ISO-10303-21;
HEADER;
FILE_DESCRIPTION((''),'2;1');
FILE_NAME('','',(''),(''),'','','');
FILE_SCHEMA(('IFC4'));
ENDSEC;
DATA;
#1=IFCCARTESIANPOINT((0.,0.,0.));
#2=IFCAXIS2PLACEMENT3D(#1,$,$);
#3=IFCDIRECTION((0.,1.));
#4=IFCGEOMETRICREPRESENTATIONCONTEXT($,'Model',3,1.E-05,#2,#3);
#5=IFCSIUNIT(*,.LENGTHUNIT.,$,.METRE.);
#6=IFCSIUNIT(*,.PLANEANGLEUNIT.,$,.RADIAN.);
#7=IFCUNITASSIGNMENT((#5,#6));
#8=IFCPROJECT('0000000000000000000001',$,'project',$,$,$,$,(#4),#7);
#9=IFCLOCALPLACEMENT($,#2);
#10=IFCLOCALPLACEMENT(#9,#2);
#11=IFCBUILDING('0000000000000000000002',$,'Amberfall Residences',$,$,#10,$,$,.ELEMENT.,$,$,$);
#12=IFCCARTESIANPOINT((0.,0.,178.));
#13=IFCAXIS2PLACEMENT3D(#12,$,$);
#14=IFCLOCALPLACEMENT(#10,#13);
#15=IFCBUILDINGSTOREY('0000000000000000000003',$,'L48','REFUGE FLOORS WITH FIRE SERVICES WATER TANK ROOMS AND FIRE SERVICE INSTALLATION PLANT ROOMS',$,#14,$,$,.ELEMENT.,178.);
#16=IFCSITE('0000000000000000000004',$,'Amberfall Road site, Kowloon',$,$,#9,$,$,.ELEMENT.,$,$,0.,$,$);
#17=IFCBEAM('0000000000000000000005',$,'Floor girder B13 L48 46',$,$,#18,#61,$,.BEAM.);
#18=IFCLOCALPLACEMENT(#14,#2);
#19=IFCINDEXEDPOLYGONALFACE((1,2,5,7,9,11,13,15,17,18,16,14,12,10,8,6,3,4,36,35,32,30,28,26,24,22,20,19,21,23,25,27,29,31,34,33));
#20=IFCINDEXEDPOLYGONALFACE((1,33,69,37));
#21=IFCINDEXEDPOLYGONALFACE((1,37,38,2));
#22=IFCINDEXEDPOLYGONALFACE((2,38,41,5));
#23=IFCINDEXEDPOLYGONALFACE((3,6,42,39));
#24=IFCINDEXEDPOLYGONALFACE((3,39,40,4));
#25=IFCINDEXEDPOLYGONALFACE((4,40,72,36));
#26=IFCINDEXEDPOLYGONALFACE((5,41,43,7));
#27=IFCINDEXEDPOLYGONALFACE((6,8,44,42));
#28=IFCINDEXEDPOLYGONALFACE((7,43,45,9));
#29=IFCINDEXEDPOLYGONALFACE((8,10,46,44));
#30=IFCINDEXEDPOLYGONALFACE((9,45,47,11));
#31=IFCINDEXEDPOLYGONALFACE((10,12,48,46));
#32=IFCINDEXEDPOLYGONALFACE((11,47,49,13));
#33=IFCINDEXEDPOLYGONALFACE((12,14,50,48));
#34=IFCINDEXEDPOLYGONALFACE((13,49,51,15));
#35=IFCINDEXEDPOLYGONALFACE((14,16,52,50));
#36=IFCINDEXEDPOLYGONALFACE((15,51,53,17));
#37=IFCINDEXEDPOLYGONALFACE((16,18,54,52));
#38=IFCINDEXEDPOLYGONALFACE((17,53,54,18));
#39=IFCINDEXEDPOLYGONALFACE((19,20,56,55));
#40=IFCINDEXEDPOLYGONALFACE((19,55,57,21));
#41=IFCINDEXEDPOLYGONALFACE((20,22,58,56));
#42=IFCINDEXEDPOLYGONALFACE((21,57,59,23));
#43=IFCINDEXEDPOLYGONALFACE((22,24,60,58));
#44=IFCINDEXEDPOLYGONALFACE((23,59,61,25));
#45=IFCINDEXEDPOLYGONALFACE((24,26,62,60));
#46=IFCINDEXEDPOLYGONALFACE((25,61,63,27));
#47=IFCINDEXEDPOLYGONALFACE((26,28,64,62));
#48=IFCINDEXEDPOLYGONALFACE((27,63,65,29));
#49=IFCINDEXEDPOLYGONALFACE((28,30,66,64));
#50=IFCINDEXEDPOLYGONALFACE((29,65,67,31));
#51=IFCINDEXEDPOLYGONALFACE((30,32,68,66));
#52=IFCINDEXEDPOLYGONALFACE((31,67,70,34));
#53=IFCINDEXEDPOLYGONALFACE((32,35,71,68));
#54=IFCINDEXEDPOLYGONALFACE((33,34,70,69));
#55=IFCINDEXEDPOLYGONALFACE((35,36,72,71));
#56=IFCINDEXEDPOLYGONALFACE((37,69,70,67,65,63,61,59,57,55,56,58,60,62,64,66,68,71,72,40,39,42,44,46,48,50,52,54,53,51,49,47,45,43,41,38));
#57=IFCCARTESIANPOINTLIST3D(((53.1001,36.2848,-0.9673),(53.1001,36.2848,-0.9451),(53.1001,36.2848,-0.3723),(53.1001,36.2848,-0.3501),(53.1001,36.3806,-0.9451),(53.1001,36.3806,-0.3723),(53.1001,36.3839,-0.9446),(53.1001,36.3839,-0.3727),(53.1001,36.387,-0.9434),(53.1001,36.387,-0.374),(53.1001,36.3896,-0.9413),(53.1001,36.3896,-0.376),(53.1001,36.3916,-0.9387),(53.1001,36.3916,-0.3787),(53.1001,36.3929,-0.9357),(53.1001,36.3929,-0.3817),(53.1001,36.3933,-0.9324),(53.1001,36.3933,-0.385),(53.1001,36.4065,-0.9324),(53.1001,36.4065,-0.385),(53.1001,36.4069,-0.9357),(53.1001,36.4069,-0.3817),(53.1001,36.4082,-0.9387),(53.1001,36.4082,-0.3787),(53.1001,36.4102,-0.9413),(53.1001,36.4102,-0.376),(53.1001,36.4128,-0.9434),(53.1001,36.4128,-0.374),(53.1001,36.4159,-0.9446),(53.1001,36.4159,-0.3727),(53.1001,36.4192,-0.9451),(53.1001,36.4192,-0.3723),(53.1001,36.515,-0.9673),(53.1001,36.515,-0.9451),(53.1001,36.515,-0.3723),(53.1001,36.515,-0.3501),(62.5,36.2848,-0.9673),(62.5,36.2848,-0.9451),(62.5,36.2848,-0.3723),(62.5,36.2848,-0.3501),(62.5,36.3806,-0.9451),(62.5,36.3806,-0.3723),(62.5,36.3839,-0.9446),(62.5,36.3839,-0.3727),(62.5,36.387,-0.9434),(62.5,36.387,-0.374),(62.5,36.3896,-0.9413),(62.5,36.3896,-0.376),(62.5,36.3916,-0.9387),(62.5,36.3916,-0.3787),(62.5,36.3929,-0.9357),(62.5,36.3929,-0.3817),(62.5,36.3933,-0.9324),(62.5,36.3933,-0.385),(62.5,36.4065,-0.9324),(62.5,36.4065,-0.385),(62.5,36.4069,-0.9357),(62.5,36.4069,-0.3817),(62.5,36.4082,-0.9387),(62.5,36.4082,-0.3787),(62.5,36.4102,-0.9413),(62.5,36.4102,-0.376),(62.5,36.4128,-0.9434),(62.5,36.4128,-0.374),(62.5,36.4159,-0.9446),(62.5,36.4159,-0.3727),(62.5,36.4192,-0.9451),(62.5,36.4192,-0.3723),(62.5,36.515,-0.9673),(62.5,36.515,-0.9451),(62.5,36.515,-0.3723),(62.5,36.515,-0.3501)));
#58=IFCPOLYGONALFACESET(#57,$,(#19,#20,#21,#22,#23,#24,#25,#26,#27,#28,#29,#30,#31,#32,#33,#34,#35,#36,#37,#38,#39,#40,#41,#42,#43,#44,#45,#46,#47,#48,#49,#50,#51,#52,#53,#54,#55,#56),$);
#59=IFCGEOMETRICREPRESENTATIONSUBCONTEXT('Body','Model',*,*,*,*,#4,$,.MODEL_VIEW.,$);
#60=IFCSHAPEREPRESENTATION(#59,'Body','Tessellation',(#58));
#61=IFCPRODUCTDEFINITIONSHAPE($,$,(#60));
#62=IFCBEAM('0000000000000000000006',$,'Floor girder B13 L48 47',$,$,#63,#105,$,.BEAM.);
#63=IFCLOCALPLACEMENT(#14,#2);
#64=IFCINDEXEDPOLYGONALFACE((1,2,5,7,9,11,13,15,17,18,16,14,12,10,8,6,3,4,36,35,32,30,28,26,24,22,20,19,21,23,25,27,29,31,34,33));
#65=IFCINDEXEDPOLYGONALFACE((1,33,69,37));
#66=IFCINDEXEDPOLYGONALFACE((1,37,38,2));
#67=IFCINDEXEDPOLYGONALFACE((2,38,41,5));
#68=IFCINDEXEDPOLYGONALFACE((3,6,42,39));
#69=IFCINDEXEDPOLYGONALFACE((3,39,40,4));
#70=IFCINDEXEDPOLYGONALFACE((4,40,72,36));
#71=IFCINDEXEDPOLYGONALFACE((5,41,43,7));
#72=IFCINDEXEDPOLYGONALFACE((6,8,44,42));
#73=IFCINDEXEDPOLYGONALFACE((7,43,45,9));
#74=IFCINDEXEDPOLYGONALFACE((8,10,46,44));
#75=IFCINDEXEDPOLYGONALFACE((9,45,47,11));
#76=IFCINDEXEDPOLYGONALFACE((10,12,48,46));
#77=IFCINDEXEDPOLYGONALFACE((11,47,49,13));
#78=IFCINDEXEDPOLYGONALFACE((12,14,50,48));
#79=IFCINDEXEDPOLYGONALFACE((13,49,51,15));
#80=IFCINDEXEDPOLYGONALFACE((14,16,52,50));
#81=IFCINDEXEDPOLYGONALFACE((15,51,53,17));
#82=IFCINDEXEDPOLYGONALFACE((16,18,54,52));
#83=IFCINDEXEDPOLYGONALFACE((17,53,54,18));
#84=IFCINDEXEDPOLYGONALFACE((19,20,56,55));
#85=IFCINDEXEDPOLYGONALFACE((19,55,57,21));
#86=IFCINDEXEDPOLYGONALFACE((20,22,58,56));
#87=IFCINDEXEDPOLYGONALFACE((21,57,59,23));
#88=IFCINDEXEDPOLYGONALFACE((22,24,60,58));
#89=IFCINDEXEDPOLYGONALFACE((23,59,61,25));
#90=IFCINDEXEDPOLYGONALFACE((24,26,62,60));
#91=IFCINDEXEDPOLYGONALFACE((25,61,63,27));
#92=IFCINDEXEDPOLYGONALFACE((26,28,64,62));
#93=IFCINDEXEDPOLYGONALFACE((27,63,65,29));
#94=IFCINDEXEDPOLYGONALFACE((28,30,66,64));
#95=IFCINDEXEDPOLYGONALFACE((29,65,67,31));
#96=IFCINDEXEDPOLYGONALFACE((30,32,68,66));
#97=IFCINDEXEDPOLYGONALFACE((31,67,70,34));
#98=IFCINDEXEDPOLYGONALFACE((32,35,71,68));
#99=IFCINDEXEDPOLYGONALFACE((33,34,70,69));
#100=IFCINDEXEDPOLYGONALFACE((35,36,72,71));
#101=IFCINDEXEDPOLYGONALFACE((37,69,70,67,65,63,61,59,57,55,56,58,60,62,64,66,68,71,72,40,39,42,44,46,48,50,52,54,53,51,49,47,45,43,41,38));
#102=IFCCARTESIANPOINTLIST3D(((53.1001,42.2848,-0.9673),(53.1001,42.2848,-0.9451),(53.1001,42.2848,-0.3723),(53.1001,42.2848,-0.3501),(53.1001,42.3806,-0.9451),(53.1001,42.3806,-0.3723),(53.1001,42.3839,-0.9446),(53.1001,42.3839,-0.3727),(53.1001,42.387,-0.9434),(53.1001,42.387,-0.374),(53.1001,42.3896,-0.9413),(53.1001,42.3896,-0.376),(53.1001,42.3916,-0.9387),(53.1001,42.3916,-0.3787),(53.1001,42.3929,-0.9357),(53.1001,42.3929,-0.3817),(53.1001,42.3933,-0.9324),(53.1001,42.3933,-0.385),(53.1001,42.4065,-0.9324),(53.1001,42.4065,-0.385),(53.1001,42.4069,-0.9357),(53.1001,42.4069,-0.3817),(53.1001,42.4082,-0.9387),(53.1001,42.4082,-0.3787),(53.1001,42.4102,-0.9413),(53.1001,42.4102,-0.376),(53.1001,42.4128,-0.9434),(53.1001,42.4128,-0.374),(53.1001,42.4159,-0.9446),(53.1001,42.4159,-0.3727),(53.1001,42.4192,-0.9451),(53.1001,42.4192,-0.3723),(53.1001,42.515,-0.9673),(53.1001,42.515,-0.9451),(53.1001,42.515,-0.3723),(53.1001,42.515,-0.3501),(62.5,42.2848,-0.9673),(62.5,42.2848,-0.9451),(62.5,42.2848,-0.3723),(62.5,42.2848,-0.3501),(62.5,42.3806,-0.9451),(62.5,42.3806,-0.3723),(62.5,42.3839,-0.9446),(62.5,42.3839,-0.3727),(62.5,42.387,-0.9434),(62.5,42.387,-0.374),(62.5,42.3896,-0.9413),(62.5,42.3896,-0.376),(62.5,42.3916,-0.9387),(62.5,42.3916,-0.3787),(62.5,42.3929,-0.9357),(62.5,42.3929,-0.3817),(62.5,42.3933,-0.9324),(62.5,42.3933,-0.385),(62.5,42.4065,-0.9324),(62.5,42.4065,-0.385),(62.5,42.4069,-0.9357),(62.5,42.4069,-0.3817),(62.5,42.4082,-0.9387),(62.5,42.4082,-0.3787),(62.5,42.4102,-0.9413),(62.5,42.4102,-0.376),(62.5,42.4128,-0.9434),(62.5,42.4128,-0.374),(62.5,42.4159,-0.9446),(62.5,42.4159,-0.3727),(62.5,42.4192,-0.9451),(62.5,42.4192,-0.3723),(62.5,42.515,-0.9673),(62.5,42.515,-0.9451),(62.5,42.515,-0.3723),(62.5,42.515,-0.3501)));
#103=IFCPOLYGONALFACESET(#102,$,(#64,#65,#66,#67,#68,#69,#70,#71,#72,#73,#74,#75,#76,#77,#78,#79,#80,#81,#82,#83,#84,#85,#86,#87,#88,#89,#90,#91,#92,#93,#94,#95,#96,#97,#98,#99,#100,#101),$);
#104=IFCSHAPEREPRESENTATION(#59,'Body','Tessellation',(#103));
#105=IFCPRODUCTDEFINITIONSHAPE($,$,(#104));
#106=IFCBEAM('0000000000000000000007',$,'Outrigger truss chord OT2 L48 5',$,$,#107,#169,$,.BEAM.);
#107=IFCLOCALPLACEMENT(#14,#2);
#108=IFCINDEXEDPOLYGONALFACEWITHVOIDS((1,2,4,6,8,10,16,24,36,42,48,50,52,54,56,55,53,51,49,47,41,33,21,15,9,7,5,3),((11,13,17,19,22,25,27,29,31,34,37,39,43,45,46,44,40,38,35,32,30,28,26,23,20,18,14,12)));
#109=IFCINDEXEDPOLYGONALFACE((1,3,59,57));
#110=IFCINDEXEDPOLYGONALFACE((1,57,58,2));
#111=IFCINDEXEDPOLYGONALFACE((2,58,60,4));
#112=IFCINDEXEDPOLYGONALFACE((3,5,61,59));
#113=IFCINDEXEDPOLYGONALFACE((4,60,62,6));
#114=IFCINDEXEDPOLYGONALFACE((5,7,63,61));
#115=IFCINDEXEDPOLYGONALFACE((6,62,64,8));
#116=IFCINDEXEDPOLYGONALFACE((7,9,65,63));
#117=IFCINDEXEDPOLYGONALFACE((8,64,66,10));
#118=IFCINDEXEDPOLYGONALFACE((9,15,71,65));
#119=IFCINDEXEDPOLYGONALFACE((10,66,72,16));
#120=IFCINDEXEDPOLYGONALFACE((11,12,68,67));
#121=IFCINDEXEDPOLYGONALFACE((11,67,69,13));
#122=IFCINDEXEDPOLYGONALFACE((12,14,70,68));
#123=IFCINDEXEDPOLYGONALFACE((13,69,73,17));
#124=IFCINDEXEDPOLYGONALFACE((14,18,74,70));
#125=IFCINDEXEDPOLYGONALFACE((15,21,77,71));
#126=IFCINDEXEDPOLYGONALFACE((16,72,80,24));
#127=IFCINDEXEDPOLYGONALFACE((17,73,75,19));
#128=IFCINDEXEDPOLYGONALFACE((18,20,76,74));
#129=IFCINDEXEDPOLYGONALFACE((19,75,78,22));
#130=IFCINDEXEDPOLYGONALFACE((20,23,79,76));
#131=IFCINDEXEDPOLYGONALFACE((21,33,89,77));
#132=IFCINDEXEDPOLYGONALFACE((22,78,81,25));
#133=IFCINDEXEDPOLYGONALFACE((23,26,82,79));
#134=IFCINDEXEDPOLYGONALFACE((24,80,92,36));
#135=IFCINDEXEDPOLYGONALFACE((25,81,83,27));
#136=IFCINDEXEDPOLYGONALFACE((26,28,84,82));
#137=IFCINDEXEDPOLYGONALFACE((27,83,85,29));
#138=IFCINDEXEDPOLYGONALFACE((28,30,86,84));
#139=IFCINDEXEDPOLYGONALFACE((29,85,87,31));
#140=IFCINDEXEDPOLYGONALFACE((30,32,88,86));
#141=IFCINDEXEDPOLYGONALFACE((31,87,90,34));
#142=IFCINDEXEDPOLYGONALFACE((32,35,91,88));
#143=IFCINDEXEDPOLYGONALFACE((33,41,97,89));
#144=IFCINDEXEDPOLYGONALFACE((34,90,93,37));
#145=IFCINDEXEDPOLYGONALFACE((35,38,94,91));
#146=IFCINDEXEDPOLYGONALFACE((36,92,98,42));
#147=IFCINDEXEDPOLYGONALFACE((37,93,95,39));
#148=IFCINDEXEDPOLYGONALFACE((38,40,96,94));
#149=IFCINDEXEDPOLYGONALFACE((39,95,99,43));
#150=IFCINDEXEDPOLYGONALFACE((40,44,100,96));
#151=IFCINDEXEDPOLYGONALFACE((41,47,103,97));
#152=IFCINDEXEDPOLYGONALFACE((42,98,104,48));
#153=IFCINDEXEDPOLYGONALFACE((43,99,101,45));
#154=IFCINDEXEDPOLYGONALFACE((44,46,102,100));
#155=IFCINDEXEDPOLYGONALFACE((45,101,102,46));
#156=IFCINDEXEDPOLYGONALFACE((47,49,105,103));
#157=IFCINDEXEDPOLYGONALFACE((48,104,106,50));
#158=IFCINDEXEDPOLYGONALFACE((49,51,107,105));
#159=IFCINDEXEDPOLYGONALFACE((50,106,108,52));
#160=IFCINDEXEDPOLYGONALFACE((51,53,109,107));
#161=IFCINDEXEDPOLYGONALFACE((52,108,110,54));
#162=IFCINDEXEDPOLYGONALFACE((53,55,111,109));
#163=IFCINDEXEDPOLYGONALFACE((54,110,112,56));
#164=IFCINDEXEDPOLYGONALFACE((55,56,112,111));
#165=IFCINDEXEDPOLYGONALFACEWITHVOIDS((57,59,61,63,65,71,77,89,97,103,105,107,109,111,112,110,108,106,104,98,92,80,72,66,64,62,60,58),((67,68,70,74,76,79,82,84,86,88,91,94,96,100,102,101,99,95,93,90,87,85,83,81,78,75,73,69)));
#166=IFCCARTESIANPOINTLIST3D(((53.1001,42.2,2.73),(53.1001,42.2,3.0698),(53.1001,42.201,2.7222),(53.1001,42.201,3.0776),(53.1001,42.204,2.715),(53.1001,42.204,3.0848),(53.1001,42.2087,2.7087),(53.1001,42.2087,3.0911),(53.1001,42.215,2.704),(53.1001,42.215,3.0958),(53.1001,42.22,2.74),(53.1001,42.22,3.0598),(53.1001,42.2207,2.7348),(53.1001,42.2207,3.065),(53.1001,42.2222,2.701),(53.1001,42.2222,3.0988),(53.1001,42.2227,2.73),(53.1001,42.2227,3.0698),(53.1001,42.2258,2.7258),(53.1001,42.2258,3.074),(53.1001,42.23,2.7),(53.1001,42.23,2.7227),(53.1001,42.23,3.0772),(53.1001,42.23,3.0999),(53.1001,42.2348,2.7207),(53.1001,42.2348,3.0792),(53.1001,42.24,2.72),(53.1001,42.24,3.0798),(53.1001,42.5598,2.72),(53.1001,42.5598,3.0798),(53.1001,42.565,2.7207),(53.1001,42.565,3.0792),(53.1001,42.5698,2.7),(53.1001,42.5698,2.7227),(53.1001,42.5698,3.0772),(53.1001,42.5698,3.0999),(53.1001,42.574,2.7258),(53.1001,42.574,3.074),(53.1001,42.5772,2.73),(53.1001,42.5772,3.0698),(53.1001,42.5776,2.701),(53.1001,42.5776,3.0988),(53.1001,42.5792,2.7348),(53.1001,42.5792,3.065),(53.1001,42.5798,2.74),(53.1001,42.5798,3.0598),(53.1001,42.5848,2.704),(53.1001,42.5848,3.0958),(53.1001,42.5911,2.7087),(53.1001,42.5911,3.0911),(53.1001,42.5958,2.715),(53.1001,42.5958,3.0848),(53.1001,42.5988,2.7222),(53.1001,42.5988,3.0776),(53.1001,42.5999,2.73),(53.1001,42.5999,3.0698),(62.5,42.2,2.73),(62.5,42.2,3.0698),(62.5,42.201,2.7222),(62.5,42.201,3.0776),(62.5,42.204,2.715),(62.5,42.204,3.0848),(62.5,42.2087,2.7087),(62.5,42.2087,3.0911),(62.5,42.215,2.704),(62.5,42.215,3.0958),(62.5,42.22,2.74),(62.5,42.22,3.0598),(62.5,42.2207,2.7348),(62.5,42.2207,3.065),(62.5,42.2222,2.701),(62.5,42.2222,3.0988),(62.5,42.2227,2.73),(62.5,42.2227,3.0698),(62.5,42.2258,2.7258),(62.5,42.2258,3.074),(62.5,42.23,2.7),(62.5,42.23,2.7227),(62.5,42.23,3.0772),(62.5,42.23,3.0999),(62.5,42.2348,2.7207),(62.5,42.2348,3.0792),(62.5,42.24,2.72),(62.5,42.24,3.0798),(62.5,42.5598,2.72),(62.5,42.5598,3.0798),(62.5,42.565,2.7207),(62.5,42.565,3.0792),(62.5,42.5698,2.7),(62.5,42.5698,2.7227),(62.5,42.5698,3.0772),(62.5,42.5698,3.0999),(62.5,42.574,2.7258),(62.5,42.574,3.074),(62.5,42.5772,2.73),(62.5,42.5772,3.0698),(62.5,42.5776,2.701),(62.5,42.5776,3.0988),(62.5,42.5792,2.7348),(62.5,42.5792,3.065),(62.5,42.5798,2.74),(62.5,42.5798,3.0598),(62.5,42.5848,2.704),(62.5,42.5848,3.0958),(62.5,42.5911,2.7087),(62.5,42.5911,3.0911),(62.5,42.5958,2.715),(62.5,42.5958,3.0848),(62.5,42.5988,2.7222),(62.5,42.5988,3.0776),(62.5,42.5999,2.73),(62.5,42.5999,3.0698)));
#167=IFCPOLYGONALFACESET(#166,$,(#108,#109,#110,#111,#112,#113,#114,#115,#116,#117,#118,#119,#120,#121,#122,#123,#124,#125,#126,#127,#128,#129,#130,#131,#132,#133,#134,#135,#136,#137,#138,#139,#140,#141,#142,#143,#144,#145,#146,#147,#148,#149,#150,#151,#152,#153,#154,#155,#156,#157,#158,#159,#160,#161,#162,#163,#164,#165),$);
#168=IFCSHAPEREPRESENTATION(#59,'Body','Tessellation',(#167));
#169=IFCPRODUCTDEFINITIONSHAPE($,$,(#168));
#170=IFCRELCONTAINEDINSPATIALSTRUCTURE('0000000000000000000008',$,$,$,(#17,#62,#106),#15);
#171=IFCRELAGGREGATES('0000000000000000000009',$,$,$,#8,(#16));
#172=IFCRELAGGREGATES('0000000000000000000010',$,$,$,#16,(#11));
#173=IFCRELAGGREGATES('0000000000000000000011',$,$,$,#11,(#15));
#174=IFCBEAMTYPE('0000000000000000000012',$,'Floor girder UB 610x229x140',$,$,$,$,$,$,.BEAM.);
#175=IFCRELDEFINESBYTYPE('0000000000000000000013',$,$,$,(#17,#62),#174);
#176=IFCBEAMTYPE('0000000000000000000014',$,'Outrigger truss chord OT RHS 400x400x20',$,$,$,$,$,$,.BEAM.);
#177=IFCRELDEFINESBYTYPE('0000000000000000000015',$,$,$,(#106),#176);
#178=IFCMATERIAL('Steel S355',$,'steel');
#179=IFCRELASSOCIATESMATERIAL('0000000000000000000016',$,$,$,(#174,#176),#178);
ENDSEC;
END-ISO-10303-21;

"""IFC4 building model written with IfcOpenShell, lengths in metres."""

from ifc_helpers import new_model, si_unit, direction, frame, origin, origin_2d, place, context, subcontext, project, spatial, hollow_rectangle, i_section, extrude, material, material_profile, profile_set, type_object, element, save


model = new_model("IFC4")

# Units and contexts
model_context = context("Model", 3, precision=1e-05, world=origin(), true_north=direction((0.0, 1.0)))
body_context = subcontext(model_context, "Body", "Model", "MODEL_VIEW")
ifc_project = project(units=[si_unit("LENGTHUNIT", "METRE"), si_unit("PLANEANGLEUNIT", "RADIAN")], contexts=[model_context])

# Site, building, storey
site_placement = place(None, origin())
site = spatial("IfcSite", under=ifc_project, at=site_placement, Name="Amberfall Road site, Kowloon", CompositionType="ELEMENT", RefElevation=0.0)
building_placement = place(site_placement, origin())
building = spatial("IfcBuilding", under=site, at=building_placement, Name="Amberfall Residences", CompositionType="ELEMENT")
storey_placement = place(building_placement, frame((0.0, 0.0, 178.0)))
storey = spatial("IfcBuildingStorey", under=building, at=storey_placement, Name="L48", Description="REFUGE FLOORS WITH FIRE SERVICES WATER TANK ROOMS AND FIRE SERVICE INSTALLATION PLANT ROOMS", CompositionType="ELEMENT", Elevation=178.0)

# Shared definitions
ifc_material_1 = material(Name="Steel S355", Category="steel")

# Beams
ifc_material_profile_1 = material_profile(ifc_material_1, i_section(OverallWidth=0.2302, OverallDepth=0.6172, WebThickness=0.0132, FlangeThickness=0.0222, FilletRadius=0.0127, at=origin_2d()), Name="UB 610x229x140")
ifc_profile_set_1 = profile_set([ifc_material_profile_1], Name="Steel S355")
beam_type_1 = type_object("IfcBeamType", Name="Floor girder UB 610x229x140", PredefinedType="BEAM", material=ifc_profile_set_1)
for number, where, z_axis, x_axis, name in (
    (1, (53.1001, 36.3999, -0.6587), (1.0, 0.0, 0.0), (0.0, 1.0, 0.0), "Floor girder B13 L48 46"),
    (2, (53.1001, 42.3999, -0.6587), (1.0, 0.0, 0.0), (0.0, 1.0, 0.0), "Floor girder B13 L48 47"),
):
    element("IfcBeam", number, at=place(storey_placement, frame(where, z_axis=z_axis, x_axis=x_axis)), inside=storey, type_object=beam_type_1, Name=name, PredefinedType="BEAM", context=body_context, shape_type="SweptSolid", body=[
        extrude(i_section(OverallWidth=0.2302, OverallDepth=0.6172, WebThickness=0.0132, FlangeThickness=0.0222, FilletRadius=0.0127, at=origin_2d()), origin(), (0.0, 0.0, 1.0), 9.3999),
    ])
ifc_material_profile_2 = material_profile(ifc_material_1, hollow_rectangle(XDim=0.3999, YDim=0.3999, WallThickness=0.02, InnerFilletRadius=0.02, OuterFilletRadius=0.03, at=origin_2d()), Name="RHS 400x400x20")
ifc_profile_set_2 = profile_set([ifc_material_profile_2], Name="Steel S355")
beam_type_2 = type_object("IfcBeamType", Name="Outrigger truss chord OT RHS 400x400x20", PredefinedType="BEAM", material=ifc_profile_set_2)
for number, where, z_axis, x_axis, name in (
    (3, (53.1001, 42.3999, 2.8999), (1.0, 0.0, 0.0), (0.0, 1.0, 0.0), "Outrigger truss chord OT2 L48 5"),
):
    element("IfcBeam", number, at=place(storey_placement, frame(where, z_axis=z_axis, x_axis=x_axis)), inside=storey, type_object=beam_type_2, Name=name, PredefinedType="BEAM", context=body_context, shape_type="SweptSolid", body=[
        extrude(hollow_rectangle(XDim=0.3999, YDim=0.3999, WallThickness=0.02, InnerFilletRadius=0.02, OuterFilletRadius=0.03, at=origin_2d()), origin(), (0.0, 0.0, 1.0), 9.3999),
    ])

save(model, "model.ifc")
